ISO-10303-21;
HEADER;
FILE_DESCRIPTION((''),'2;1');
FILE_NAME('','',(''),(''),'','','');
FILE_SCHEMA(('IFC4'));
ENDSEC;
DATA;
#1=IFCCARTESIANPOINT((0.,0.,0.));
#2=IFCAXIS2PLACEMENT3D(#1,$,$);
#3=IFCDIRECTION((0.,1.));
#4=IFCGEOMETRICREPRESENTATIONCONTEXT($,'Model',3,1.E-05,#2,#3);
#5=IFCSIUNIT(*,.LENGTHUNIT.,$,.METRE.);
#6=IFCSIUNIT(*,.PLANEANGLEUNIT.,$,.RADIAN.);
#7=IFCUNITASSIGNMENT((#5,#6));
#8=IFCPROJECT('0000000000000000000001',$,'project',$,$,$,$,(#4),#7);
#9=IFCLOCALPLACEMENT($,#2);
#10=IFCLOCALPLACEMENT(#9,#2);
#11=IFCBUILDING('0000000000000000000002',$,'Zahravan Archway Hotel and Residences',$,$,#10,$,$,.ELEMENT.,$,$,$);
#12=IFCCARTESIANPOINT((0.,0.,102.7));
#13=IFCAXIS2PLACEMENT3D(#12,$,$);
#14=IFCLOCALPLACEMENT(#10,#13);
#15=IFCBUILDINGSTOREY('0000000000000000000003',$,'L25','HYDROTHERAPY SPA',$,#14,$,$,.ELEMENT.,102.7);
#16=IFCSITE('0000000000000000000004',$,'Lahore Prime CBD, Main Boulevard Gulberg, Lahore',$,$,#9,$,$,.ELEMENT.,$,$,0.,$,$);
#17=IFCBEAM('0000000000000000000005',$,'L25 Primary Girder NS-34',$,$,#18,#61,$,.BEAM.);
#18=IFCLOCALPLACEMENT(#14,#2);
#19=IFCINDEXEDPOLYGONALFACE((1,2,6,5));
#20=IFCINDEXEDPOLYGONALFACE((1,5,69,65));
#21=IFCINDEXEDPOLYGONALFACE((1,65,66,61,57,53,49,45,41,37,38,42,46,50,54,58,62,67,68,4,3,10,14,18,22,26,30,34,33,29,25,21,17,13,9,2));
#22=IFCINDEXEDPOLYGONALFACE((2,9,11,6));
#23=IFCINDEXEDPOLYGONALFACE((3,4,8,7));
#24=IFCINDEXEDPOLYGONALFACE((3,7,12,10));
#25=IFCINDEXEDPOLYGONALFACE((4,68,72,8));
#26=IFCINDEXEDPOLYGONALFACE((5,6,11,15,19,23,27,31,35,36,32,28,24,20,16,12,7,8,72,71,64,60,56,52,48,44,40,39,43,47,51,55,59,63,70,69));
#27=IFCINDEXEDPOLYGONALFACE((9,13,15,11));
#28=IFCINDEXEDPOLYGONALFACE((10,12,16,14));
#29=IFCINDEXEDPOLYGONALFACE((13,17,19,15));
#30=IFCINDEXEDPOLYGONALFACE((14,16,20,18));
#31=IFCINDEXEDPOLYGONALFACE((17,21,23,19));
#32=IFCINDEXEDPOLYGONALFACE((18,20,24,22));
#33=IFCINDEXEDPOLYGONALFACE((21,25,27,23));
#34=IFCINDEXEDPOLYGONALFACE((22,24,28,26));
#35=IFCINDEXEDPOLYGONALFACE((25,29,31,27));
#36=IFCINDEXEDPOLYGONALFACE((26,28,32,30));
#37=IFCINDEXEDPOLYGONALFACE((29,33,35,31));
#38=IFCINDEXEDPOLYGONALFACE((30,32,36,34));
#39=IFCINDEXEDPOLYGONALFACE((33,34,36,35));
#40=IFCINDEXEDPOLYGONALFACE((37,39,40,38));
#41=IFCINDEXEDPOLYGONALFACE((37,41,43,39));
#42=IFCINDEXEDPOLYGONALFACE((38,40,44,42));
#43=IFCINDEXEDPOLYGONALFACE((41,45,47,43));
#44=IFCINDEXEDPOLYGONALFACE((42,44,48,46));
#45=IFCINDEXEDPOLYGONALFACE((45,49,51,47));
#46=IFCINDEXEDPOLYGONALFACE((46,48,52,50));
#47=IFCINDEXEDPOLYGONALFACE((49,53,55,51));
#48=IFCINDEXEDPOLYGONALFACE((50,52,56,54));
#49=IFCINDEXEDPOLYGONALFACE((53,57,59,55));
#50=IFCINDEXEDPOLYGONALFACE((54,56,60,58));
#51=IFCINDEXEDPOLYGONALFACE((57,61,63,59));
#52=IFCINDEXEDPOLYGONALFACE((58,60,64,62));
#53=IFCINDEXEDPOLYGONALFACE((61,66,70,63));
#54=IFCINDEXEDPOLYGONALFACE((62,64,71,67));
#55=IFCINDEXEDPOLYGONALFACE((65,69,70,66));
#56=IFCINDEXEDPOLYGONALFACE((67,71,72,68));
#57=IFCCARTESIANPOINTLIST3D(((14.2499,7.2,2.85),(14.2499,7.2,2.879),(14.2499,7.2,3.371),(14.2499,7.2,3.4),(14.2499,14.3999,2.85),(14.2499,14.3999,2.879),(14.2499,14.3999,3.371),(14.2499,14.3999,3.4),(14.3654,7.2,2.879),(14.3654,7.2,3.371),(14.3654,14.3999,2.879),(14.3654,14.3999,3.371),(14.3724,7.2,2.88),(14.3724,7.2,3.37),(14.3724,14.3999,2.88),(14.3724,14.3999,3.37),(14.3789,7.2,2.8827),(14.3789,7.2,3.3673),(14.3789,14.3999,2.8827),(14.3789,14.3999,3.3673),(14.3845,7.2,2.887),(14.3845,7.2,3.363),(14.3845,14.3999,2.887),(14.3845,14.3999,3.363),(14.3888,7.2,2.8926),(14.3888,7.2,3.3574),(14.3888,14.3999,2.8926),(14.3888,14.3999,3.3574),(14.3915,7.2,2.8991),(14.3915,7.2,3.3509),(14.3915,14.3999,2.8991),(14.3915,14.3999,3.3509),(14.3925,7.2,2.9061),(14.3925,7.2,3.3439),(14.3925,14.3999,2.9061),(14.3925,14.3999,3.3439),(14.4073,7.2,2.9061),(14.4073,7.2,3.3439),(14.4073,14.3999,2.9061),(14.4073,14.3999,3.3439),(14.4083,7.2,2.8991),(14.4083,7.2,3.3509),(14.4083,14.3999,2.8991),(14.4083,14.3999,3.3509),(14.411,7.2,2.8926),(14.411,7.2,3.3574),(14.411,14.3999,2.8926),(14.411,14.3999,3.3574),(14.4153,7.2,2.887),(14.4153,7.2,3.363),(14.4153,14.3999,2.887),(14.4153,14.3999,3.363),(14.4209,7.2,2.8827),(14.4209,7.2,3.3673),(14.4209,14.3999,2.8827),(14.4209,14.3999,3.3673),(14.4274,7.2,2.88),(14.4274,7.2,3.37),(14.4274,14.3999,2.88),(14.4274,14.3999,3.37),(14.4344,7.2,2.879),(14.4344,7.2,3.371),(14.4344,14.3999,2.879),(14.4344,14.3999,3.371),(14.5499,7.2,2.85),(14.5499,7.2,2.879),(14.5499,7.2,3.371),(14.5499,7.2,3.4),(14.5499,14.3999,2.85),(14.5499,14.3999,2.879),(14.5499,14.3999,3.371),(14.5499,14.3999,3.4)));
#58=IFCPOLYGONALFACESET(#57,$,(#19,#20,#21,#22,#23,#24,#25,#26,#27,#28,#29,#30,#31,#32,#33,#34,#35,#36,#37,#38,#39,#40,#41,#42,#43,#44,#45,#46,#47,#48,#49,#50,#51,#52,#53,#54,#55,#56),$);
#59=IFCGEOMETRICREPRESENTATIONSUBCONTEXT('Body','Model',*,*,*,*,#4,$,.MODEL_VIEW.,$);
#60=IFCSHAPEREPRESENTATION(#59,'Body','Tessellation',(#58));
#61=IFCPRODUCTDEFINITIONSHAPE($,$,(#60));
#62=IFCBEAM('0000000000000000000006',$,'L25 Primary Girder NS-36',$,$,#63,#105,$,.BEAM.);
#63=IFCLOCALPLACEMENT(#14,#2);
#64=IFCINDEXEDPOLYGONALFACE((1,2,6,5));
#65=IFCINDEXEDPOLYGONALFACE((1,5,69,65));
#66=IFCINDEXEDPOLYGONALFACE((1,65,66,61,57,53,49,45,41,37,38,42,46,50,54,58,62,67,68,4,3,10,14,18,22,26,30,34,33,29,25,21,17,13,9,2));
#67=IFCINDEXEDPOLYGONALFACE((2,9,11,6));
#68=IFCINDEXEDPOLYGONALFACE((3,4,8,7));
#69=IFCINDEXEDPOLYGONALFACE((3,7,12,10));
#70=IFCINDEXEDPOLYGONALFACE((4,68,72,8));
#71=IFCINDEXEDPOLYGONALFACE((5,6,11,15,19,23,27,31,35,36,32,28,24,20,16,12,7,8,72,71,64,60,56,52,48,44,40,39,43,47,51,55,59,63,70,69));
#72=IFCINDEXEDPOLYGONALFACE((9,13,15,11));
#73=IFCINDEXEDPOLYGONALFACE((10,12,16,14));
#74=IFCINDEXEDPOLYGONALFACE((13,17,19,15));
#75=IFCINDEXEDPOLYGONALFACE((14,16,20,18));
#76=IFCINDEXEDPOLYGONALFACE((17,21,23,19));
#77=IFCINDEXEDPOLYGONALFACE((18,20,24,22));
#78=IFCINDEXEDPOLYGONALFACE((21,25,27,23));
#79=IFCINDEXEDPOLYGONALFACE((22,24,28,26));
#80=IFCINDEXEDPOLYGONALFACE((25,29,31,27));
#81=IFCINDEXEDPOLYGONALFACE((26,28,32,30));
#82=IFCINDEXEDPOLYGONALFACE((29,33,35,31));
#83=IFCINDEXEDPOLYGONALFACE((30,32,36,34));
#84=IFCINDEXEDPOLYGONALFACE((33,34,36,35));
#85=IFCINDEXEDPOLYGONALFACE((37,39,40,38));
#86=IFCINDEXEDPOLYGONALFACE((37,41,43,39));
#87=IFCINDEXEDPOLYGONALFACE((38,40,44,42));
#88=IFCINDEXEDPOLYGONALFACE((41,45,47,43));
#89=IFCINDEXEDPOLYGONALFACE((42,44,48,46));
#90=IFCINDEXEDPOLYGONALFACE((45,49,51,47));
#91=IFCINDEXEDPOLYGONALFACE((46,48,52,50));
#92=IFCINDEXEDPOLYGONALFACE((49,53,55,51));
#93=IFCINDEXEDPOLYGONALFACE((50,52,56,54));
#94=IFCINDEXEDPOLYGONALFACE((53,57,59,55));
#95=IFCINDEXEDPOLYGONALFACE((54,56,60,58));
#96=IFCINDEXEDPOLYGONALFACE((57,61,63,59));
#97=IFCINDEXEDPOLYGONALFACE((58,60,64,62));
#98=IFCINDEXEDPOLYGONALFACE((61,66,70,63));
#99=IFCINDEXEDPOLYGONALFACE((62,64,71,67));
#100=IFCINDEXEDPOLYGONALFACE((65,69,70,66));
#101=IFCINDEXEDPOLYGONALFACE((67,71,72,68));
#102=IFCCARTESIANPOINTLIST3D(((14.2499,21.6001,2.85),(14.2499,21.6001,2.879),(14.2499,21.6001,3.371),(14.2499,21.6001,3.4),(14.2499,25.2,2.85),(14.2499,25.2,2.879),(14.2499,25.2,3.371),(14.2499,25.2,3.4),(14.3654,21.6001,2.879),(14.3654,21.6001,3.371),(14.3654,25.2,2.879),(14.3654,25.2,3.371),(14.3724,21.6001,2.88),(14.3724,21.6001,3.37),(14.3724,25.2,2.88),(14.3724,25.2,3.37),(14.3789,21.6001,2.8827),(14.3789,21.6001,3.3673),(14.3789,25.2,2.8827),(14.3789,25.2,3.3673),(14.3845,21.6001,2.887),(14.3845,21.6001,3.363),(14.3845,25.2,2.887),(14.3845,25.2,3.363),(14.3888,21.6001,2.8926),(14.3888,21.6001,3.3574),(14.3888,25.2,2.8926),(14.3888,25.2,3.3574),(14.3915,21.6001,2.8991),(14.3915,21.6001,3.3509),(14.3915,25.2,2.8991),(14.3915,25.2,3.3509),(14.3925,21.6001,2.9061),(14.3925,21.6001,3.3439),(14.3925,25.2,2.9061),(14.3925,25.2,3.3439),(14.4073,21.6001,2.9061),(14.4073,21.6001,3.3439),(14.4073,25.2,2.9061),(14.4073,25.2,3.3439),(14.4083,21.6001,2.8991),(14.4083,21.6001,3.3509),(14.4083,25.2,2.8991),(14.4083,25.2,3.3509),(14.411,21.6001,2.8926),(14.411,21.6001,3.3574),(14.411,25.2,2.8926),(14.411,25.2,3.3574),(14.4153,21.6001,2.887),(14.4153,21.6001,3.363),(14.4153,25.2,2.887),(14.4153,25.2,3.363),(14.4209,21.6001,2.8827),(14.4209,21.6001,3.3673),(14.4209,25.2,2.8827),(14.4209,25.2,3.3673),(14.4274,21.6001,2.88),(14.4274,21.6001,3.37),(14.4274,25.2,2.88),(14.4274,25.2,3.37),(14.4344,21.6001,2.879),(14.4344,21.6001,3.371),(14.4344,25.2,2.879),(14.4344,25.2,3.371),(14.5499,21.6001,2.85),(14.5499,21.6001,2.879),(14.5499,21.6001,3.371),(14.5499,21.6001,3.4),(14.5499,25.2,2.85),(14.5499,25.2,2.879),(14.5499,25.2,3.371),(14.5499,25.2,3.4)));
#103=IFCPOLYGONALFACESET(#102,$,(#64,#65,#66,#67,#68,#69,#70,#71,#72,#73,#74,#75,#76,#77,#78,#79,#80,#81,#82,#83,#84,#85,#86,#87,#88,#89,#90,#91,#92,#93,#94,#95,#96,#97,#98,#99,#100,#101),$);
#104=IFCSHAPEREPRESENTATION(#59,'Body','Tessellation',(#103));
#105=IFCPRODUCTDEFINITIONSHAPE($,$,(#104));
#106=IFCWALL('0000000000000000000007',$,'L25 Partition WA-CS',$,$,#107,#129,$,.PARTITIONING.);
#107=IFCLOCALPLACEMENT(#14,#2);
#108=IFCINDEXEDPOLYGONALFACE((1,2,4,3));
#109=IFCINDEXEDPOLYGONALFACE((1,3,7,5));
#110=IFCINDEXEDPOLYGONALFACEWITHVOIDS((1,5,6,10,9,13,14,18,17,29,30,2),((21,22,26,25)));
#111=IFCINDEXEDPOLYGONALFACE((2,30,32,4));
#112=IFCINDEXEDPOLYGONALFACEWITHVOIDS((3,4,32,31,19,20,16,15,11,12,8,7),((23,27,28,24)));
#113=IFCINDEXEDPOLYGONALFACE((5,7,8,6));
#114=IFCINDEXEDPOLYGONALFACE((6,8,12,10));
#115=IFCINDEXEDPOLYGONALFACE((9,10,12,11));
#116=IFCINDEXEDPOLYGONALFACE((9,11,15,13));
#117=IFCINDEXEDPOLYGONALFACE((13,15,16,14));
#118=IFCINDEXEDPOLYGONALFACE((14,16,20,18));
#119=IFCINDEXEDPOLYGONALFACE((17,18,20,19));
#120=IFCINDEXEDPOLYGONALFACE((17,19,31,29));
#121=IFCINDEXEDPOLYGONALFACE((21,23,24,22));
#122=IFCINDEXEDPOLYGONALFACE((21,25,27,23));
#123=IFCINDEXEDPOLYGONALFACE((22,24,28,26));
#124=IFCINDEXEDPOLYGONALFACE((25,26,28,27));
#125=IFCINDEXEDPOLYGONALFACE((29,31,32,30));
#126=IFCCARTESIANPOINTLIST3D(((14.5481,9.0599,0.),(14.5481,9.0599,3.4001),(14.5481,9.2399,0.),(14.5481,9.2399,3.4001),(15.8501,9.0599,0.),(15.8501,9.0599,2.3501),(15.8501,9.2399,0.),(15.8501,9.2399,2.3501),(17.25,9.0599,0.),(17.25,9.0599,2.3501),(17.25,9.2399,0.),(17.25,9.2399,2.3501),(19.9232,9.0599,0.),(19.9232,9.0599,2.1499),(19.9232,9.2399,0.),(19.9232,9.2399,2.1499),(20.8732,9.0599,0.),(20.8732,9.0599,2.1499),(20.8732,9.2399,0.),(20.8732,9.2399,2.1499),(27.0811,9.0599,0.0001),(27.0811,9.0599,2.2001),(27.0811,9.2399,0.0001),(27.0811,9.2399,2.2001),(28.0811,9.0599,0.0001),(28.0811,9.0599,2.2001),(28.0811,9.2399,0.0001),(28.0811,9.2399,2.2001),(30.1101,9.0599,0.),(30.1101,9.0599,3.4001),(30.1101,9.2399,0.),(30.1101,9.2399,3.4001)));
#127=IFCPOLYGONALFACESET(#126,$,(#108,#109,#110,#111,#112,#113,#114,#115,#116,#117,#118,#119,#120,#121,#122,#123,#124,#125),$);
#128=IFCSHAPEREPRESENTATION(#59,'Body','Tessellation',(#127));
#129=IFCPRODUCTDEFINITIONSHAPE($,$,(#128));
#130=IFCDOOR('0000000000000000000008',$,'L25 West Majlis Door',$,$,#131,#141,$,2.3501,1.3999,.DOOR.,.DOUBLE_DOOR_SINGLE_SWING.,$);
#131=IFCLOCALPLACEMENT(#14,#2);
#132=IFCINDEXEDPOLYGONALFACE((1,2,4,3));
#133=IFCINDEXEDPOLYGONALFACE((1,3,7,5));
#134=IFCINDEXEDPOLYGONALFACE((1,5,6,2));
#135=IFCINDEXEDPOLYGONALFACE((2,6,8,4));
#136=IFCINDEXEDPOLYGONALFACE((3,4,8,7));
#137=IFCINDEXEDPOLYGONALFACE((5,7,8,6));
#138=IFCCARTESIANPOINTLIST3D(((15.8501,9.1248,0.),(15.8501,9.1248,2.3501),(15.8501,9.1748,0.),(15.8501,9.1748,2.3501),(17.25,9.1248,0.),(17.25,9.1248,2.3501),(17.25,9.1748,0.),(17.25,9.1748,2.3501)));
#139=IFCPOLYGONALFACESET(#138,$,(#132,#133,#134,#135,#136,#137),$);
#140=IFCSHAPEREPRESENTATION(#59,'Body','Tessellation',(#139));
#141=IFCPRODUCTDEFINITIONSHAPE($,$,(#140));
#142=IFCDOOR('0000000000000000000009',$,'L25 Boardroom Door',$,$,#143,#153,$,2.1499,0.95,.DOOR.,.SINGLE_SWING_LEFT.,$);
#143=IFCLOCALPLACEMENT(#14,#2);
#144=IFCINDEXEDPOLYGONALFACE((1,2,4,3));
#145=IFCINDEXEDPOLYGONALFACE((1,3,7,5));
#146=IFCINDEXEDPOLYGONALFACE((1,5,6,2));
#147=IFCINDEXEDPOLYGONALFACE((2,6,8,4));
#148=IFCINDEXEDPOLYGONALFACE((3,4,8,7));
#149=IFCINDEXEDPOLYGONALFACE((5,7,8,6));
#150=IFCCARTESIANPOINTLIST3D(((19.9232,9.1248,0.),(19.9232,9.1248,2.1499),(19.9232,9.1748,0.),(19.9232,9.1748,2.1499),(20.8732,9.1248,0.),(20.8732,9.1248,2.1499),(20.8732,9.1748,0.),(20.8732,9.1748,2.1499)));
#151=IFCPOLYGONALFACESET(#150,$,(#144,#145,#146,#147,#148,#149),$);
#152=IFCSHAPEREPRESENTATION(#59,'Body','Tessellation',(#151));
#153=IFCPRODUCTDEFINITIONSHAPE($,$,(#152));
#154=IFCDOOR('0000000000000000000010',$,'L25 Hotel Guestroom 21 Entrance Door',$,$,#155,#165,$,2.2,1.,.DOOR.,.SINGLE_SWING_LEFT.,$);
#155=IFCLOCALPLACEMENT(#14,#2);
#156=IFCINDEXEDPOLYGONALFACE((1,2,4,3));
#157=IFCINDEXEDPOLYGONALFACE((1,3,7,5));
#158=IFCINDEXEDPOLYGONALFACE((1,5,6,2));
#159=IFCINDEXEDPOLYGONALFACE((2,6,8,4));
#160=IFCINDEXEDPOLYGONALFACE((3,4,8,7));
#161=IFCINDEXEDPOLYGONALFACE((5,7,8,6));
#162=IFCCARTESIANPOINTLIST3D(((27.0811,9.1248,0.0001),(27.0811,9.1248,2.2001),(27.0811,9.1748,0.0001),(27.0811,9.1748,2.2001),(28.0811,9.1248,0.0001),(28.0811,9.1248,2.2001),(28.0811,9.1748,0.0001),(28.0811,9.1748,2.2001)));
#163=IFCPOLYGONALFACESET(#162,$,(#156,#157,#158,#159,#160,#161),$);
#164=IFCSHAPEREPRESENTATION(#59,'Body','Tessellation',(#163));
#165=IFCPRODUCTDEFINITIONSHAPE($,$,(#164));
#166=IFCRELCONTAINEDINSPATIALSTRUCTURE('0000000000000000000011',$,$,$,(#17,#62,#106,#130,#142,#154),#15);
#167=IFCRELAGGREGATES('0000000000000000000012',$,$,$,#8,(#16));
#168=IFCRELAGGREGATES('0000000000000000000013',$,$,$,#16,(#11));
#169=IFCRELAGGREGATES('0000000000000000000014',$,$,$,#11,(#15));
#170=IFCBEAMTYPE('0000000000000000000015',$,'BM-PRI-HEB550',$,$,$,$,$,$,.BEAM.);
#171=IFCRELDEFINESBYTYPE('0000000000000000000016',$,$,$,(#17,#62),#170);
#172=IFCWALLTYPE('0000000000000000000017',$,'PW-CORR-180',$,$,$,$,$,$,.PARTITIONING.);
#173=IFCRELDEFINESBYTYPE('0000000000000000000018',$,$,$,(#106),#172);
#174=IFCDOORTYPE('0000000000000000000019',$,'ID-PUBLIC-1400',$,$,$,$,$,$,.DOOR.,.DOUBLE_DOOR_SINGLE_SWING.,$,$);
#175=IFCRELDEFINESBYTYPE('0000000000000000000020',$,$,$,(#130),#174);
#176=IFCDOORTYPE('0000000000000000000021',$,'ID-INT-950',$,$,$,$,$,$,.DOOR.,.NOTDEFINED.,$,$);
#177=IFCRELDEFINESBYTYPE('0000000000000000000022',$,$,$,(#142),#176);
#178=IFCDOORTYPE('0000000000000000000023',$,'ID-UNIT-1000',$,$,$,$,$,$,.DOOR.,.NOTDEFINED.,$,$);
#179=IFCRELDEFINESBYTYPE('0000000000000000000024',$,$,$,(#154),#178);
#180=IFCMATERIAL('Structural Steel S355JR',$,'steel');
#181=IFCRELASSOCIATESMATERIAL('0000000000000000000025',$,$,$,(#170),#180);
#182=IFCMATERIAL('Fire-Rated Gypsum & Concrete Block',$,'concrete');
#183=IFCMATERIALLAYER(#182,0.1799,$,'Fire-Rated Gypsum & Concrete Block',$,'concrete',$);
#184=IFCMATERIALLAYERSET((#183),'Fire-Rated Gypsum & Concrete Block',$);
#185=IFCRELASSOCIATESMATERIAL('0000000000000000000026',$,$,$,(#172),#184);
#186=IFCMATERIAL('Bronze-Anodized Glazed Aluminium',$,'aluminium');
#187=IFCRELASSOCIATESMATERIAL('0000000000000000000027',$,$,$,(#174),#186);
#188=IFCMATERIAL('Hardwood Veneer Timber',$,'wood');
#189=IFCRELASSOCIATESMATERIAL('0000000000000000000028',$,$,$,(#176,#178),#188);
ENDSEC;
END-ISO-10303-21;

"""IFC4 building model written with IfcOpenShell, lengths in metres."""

from ifc_helpers import new_model, si_unit, direction, frame, frame_2d, origin, origin_2d, place, context, subcontext, project, spatial, rectangle, i_section, extrude, source, transform, mapped, material, layer, layer_set, material_profile, profile_set, type_object, type_shapes, element, fill, save


model = new_model("IFC4")

# Units and contexts
model_context = context("Model", 3, precision=1e-05, world=origin(), true_north=direction((0.0, 1.0)))
body_context = subcontext(model_context, "Body", "Model", "MODEL_VIEW")
ifc_project = project(units=[si_unit("LENGTHUNIT", "METRE"), si_unit("PLANEANGLEUNIT", "RADIAN")], contexts=[model_context])

# Site, building, storey
site_placement = place(None, origin())
site = spatial("IfcSite", under=ifc_project, at=site_placement, Name="Lahore Prime CBD, Main Boulevard Gulberg, Lahore", CompositionType="ELEMENT", RefElevation=0.0)
building_placement = place(site_placement, origin())
building = spatial("IfcBuilding", under=site, at=building_placement, Name="Zahravan Archway Hotel and Residences", CompositionType="ELEMENT")
storey_placement = place(building_placement, frame((0.0, 0.0, 102.7)))
storey = spatial("IfcBuildingStorey", under=building, at=storey_placement, Name="L25", Description="HYDROTHERAPY SPA", CompositionType="ELEMENT", Elevation=102.7)

# Beams
ifc_material_1 = material(Name="Structural Steel S355JR", Category="steel")
ifc_material_profile_1 = material_profile(ifc_material_1, i_section(OverallWidth=0.3, OverallDepth=0.55, WebThickness=0.0149, FlangeThickness=0.0291, FilletRadius=0.0271, at=origin_2d()), Name="HEB 550", Category="steel")
ifc_profile_set_1 = profile_set([ifc_material_profile_1], Name="Structural Steel S355JR")
beam_type = type_object("IfcBeamType", Name="BM-PRI-HEB550", PredefinedType="BEAM", material=ifc_profile_set_1)
shared_shape_1 = source(origin(), body_context, "Body", "SweptSolid", [
    extrude(i_section(OverallWidth=0.3, OverallDepth=0.55, WebThickness=0.0149, FlangeThickness=0.0291, FilletRadius=0.0271, at=origin_2d()), origin(), (0.0, 0.0, 1.0), 7.2),
])
beam_1_placement = place(storey_placement, frame((14.3999, 7.2, 3.125), z_axis=(0.0, 1.0, 0.0), x_axis=(-1.0, 0.0, 0.0)))
element("IfcBeam", 1, at=beam_1_placement, inside=storey, type_object=beam_type, Name="L25 Primary Girder NS-34", PredefinedType="BEAM", context=body_context, shape_type="MappedRepresentation", body=[
    mapped(shared_shape_1, transform((0.0, 0.0, 0.0), scale=1.0)),
])
shared_shape_2 = source(origin(), body_context, "Body", "SweptSolid", [
    extrude(i_section(OverallWidth=0.3, OverallDepth=0.55, WebThickness=0.0149, FlangeThickness=0.0291, FilletRadius=0.0271, at=origin_2d()), origin(), (0.0, 0.0, 1.0), 3.5999),
])
beam_2_placement = place(storey_placement, frame((14.3999, 21.6001, 3.125), z_axis=(0.0, 1.0, 0.0), x_axis=(-1.0, 0.0, 0.0)))
element("IfcBeam", 2, at=beam_2_placement, inside=storey, type_object=beam_type, Name="L25 Primary Girder NS-36", PredefinedType="BEAM", context=body_context, shape_type="MappedRepresentation", body=[
    mapped(shared_shape_2, transform((0.0, 0.0, 0.0), scale=1.0)),
])

# Wall, openings, doors
ifc_material_2 = material(Name="Fire-Rated Gypsum & Concrete Block", Category="concrete")
ifc_layer = layer(ifc_material_2, 0.1799, Name="Fire-Rated Gypsum & Concrete Block", Category="concrete")
ifc_layer_set = layer_set([ifc_layer], Name="Fire-Rated Gypsum & Concrete Block")
wall_type = type_object("IfcWallType", Name="PW-CORR-180", PredefinedType="PARTITIONING", material=ifc_layer_set)
wall_placement = place(storey_placement, frame((14.5481, 9.1499, 0.0), z_axis=(0.0, 0.0, 1.0), x_axis=(1.0, 0.0, 0.0)))
wall = element("IfcWall", 3, at=wall_placement, inside=storey, type_object=wall_type, Name="L25 Partition WA-CS", PredefinedType="PARTITIONING", context=body_context, shape_type="SweptSolid", body=[
    extrude(rectangle(XDim=15.562, YDim=0.1799, at=frame_2d((7.781, 0.0))), origin(), (0.0, 0.0, 1.0), 3.4001),
])
opening_1_placement = place(wall_placement, frame((1.302, 0.0, 0.0)))
opening_1 = element("IfcOpeningElement", 4, at=opening_1_placement, cuts=wall, PredefinedType="OPENING", context=body_context, shape_type="SweptSolid", body=[
    extrude(rectangle(XDim=1.3999, YDim=2.3501, at=frame_2d((0.7, 1.175))), frame((0.0, 0.1001, 0.0), z_axis=(0.0, -1.0, 0.0), x_axis=(1.0, 0.0, 0.0)), (0.0, 0.0, 1.0), 0.2),
])
opening_2_placement = place(wall_placement, frame((5.375, 0.0, 0.0)))
opening_2 = element("IfcOpeningElement", 5, at=opening_2_placement, cuts=wall, PredefinedType="OPENING", context=body_context, shape_type="SweptSolid", body=[
    extrude(rectangle(XDim=0.95, YDim=2.1499, at=frame_2d((0.4751, 1.075))), frame((0.0, 0.1001, 0.0), z_axis=(0.0, -1.0, 0.0), x_axis=(1.0, 0.0, 0.0)), (0.0, 0.0, 1.0), 0.2),
])
opening_3_placement = place(wall_placement, frame((12.533, 0.0, 0.0)))
opening_3 = element("IfcOpeningElement", 6, at=opening_3_placement, cuts=wall, PredefinedType="OPENING", context=body_context, shape_type="SweptSolid", body=[
    extrude(rectangle(XDim=1.0, YDim=2.2, at=frame_2d((0.5, 1.1001))), frame((0.0, 0.1001, 0.0), z_axis=(0.0, -1.0, 0.0), x_axis=(1.0, 0.0, 0.0)), (0.0, 0.0, 1.0), 0.2),
])
ifc_material_3 = material(Name="Bronze-Anodized Glazed Aluminium", Category="aluminium")
door_type_1 = type_object("IfcDoorType", Name="ID-PUBLIC-1400", OperationType="DOUBLE_DOOR_SINGLE_SWING", PredefinedType="DOOR", material=ifc_material_3)
shared_shape_3 = source(origin(), body_context, "Body", "SweptSolid", [
    extrude(rectangle(XDim=1.3999, YDim=2.3501, at=frame_2d((0.7, 1.175))), frame((0.0, 0.0249, 0.0), z_axis=(0.0, -1.0, 0.0), x_axis=(1.0, 0.0, 0.0)), (0.0, 0.0, 1.0), 0.05),
])
type_shapes(door_type_1, [shared_shape_3])
door_1_placement = place(opening_1_placement, origin())
door_1 = element("IfcDoor", 7, at=door_1_placement, inside=storey, type_object=door_type_1, Name="L25 West Majlis Door", OperationType="DOUBLE_DOOR_SINGLE_SWING", OverallHeight=2.3501, OverallWidth=1.3999, PredefinedType="DOOR", context=body_context, shape_type="MappedRepresentation", body=[
    mapped(shared_shape_3, transform((0.0, 0.0, 0.0), scale=1.0)),
])
fill(opening_1, door_1)
ifc_material_4 = material(Name="Hardwood Veneer Timber", Category="wood")
door_type_2 = type_object("IfcDoorType", Name="ID-INT-950", OperationType="NOTDEFINED", PredefinedType="DOOR", material=ifc_material_4)
shared_shape_4 = source(origin(), body_context, "Body", "SweptSolid", [
    extrude(rectangle(XDim=0.95, YDim=2.1499, at=frame_2d((0.4751, 1.075))), frame((0.0, 0.0249, 0.0), z_axis=(0.0, -1.0, 0.0), x_axis=(1.0, 0.0, 0.0)), (0.0, 0.0, 1.0), 0.05),
])
type_shapes(door_type_2, [shared_shape_4])
door_2_placement = place(opening_2_placement, origin())
door_2 = element("IfcDoor", 8, at=door_2_placement, inside=storey, type_object=door_type_2, Name="L25 Boardroom Door", OperationType="SINGLE_SWING_LEFT", OverallHeight=2.1499, OverallWidth=0.95, PredefinedType="DOOR", context=body_context, shape_type="MappedRepresentation", body=[
    mapped(shared_shape_4, transform((0.0, 0.0, 0.0), scale=1.0)),
])
fill(opening_2, door_2)
door_type_3 = type_object("IfcDoorType", Name="ID-UNIT-1000", OperationType="NOTDEFINED", PredefinedType="DOOR", material=ifc_material_4)
shared_shape_5 = source(origin(), body_context, "Body", "SweptSolid", [
    extrude(rectangle(XDim=1.0, YDim=2.2, at=frame_2d((0.5, 1.1001))), frame((0.0, 0.0249, 0.0), z_axis=(0.0, -1.0, 0.0), x_axis=(1.0, 0.0, 0.0)), (0.0, 0.0, 1.0), 0.05),
])
type_shapes(door_type_3, [shared_shape_5])
door_3_placement = place(opening_3_placement, origin())
door_3 = element("IfcDoor", 9, at=door_3_placement, inside=storey, type_object=door_type_3, Name="L25 Hotel Guestroom 21 Entrance Door", OperationType="SINGLE_SWING_LEFT", OverallHeight=2.2, OverallWidth=1.0, PredefinedType="DOOR", context=body_context, shape_type="MappedRepresentation", body=[
    mapped(shared_shape_5, transform((0.0, 0.0, 0.0), scale=1.0)),
])
fill(opening_3, door_3)

save(model, "model.ifc")
